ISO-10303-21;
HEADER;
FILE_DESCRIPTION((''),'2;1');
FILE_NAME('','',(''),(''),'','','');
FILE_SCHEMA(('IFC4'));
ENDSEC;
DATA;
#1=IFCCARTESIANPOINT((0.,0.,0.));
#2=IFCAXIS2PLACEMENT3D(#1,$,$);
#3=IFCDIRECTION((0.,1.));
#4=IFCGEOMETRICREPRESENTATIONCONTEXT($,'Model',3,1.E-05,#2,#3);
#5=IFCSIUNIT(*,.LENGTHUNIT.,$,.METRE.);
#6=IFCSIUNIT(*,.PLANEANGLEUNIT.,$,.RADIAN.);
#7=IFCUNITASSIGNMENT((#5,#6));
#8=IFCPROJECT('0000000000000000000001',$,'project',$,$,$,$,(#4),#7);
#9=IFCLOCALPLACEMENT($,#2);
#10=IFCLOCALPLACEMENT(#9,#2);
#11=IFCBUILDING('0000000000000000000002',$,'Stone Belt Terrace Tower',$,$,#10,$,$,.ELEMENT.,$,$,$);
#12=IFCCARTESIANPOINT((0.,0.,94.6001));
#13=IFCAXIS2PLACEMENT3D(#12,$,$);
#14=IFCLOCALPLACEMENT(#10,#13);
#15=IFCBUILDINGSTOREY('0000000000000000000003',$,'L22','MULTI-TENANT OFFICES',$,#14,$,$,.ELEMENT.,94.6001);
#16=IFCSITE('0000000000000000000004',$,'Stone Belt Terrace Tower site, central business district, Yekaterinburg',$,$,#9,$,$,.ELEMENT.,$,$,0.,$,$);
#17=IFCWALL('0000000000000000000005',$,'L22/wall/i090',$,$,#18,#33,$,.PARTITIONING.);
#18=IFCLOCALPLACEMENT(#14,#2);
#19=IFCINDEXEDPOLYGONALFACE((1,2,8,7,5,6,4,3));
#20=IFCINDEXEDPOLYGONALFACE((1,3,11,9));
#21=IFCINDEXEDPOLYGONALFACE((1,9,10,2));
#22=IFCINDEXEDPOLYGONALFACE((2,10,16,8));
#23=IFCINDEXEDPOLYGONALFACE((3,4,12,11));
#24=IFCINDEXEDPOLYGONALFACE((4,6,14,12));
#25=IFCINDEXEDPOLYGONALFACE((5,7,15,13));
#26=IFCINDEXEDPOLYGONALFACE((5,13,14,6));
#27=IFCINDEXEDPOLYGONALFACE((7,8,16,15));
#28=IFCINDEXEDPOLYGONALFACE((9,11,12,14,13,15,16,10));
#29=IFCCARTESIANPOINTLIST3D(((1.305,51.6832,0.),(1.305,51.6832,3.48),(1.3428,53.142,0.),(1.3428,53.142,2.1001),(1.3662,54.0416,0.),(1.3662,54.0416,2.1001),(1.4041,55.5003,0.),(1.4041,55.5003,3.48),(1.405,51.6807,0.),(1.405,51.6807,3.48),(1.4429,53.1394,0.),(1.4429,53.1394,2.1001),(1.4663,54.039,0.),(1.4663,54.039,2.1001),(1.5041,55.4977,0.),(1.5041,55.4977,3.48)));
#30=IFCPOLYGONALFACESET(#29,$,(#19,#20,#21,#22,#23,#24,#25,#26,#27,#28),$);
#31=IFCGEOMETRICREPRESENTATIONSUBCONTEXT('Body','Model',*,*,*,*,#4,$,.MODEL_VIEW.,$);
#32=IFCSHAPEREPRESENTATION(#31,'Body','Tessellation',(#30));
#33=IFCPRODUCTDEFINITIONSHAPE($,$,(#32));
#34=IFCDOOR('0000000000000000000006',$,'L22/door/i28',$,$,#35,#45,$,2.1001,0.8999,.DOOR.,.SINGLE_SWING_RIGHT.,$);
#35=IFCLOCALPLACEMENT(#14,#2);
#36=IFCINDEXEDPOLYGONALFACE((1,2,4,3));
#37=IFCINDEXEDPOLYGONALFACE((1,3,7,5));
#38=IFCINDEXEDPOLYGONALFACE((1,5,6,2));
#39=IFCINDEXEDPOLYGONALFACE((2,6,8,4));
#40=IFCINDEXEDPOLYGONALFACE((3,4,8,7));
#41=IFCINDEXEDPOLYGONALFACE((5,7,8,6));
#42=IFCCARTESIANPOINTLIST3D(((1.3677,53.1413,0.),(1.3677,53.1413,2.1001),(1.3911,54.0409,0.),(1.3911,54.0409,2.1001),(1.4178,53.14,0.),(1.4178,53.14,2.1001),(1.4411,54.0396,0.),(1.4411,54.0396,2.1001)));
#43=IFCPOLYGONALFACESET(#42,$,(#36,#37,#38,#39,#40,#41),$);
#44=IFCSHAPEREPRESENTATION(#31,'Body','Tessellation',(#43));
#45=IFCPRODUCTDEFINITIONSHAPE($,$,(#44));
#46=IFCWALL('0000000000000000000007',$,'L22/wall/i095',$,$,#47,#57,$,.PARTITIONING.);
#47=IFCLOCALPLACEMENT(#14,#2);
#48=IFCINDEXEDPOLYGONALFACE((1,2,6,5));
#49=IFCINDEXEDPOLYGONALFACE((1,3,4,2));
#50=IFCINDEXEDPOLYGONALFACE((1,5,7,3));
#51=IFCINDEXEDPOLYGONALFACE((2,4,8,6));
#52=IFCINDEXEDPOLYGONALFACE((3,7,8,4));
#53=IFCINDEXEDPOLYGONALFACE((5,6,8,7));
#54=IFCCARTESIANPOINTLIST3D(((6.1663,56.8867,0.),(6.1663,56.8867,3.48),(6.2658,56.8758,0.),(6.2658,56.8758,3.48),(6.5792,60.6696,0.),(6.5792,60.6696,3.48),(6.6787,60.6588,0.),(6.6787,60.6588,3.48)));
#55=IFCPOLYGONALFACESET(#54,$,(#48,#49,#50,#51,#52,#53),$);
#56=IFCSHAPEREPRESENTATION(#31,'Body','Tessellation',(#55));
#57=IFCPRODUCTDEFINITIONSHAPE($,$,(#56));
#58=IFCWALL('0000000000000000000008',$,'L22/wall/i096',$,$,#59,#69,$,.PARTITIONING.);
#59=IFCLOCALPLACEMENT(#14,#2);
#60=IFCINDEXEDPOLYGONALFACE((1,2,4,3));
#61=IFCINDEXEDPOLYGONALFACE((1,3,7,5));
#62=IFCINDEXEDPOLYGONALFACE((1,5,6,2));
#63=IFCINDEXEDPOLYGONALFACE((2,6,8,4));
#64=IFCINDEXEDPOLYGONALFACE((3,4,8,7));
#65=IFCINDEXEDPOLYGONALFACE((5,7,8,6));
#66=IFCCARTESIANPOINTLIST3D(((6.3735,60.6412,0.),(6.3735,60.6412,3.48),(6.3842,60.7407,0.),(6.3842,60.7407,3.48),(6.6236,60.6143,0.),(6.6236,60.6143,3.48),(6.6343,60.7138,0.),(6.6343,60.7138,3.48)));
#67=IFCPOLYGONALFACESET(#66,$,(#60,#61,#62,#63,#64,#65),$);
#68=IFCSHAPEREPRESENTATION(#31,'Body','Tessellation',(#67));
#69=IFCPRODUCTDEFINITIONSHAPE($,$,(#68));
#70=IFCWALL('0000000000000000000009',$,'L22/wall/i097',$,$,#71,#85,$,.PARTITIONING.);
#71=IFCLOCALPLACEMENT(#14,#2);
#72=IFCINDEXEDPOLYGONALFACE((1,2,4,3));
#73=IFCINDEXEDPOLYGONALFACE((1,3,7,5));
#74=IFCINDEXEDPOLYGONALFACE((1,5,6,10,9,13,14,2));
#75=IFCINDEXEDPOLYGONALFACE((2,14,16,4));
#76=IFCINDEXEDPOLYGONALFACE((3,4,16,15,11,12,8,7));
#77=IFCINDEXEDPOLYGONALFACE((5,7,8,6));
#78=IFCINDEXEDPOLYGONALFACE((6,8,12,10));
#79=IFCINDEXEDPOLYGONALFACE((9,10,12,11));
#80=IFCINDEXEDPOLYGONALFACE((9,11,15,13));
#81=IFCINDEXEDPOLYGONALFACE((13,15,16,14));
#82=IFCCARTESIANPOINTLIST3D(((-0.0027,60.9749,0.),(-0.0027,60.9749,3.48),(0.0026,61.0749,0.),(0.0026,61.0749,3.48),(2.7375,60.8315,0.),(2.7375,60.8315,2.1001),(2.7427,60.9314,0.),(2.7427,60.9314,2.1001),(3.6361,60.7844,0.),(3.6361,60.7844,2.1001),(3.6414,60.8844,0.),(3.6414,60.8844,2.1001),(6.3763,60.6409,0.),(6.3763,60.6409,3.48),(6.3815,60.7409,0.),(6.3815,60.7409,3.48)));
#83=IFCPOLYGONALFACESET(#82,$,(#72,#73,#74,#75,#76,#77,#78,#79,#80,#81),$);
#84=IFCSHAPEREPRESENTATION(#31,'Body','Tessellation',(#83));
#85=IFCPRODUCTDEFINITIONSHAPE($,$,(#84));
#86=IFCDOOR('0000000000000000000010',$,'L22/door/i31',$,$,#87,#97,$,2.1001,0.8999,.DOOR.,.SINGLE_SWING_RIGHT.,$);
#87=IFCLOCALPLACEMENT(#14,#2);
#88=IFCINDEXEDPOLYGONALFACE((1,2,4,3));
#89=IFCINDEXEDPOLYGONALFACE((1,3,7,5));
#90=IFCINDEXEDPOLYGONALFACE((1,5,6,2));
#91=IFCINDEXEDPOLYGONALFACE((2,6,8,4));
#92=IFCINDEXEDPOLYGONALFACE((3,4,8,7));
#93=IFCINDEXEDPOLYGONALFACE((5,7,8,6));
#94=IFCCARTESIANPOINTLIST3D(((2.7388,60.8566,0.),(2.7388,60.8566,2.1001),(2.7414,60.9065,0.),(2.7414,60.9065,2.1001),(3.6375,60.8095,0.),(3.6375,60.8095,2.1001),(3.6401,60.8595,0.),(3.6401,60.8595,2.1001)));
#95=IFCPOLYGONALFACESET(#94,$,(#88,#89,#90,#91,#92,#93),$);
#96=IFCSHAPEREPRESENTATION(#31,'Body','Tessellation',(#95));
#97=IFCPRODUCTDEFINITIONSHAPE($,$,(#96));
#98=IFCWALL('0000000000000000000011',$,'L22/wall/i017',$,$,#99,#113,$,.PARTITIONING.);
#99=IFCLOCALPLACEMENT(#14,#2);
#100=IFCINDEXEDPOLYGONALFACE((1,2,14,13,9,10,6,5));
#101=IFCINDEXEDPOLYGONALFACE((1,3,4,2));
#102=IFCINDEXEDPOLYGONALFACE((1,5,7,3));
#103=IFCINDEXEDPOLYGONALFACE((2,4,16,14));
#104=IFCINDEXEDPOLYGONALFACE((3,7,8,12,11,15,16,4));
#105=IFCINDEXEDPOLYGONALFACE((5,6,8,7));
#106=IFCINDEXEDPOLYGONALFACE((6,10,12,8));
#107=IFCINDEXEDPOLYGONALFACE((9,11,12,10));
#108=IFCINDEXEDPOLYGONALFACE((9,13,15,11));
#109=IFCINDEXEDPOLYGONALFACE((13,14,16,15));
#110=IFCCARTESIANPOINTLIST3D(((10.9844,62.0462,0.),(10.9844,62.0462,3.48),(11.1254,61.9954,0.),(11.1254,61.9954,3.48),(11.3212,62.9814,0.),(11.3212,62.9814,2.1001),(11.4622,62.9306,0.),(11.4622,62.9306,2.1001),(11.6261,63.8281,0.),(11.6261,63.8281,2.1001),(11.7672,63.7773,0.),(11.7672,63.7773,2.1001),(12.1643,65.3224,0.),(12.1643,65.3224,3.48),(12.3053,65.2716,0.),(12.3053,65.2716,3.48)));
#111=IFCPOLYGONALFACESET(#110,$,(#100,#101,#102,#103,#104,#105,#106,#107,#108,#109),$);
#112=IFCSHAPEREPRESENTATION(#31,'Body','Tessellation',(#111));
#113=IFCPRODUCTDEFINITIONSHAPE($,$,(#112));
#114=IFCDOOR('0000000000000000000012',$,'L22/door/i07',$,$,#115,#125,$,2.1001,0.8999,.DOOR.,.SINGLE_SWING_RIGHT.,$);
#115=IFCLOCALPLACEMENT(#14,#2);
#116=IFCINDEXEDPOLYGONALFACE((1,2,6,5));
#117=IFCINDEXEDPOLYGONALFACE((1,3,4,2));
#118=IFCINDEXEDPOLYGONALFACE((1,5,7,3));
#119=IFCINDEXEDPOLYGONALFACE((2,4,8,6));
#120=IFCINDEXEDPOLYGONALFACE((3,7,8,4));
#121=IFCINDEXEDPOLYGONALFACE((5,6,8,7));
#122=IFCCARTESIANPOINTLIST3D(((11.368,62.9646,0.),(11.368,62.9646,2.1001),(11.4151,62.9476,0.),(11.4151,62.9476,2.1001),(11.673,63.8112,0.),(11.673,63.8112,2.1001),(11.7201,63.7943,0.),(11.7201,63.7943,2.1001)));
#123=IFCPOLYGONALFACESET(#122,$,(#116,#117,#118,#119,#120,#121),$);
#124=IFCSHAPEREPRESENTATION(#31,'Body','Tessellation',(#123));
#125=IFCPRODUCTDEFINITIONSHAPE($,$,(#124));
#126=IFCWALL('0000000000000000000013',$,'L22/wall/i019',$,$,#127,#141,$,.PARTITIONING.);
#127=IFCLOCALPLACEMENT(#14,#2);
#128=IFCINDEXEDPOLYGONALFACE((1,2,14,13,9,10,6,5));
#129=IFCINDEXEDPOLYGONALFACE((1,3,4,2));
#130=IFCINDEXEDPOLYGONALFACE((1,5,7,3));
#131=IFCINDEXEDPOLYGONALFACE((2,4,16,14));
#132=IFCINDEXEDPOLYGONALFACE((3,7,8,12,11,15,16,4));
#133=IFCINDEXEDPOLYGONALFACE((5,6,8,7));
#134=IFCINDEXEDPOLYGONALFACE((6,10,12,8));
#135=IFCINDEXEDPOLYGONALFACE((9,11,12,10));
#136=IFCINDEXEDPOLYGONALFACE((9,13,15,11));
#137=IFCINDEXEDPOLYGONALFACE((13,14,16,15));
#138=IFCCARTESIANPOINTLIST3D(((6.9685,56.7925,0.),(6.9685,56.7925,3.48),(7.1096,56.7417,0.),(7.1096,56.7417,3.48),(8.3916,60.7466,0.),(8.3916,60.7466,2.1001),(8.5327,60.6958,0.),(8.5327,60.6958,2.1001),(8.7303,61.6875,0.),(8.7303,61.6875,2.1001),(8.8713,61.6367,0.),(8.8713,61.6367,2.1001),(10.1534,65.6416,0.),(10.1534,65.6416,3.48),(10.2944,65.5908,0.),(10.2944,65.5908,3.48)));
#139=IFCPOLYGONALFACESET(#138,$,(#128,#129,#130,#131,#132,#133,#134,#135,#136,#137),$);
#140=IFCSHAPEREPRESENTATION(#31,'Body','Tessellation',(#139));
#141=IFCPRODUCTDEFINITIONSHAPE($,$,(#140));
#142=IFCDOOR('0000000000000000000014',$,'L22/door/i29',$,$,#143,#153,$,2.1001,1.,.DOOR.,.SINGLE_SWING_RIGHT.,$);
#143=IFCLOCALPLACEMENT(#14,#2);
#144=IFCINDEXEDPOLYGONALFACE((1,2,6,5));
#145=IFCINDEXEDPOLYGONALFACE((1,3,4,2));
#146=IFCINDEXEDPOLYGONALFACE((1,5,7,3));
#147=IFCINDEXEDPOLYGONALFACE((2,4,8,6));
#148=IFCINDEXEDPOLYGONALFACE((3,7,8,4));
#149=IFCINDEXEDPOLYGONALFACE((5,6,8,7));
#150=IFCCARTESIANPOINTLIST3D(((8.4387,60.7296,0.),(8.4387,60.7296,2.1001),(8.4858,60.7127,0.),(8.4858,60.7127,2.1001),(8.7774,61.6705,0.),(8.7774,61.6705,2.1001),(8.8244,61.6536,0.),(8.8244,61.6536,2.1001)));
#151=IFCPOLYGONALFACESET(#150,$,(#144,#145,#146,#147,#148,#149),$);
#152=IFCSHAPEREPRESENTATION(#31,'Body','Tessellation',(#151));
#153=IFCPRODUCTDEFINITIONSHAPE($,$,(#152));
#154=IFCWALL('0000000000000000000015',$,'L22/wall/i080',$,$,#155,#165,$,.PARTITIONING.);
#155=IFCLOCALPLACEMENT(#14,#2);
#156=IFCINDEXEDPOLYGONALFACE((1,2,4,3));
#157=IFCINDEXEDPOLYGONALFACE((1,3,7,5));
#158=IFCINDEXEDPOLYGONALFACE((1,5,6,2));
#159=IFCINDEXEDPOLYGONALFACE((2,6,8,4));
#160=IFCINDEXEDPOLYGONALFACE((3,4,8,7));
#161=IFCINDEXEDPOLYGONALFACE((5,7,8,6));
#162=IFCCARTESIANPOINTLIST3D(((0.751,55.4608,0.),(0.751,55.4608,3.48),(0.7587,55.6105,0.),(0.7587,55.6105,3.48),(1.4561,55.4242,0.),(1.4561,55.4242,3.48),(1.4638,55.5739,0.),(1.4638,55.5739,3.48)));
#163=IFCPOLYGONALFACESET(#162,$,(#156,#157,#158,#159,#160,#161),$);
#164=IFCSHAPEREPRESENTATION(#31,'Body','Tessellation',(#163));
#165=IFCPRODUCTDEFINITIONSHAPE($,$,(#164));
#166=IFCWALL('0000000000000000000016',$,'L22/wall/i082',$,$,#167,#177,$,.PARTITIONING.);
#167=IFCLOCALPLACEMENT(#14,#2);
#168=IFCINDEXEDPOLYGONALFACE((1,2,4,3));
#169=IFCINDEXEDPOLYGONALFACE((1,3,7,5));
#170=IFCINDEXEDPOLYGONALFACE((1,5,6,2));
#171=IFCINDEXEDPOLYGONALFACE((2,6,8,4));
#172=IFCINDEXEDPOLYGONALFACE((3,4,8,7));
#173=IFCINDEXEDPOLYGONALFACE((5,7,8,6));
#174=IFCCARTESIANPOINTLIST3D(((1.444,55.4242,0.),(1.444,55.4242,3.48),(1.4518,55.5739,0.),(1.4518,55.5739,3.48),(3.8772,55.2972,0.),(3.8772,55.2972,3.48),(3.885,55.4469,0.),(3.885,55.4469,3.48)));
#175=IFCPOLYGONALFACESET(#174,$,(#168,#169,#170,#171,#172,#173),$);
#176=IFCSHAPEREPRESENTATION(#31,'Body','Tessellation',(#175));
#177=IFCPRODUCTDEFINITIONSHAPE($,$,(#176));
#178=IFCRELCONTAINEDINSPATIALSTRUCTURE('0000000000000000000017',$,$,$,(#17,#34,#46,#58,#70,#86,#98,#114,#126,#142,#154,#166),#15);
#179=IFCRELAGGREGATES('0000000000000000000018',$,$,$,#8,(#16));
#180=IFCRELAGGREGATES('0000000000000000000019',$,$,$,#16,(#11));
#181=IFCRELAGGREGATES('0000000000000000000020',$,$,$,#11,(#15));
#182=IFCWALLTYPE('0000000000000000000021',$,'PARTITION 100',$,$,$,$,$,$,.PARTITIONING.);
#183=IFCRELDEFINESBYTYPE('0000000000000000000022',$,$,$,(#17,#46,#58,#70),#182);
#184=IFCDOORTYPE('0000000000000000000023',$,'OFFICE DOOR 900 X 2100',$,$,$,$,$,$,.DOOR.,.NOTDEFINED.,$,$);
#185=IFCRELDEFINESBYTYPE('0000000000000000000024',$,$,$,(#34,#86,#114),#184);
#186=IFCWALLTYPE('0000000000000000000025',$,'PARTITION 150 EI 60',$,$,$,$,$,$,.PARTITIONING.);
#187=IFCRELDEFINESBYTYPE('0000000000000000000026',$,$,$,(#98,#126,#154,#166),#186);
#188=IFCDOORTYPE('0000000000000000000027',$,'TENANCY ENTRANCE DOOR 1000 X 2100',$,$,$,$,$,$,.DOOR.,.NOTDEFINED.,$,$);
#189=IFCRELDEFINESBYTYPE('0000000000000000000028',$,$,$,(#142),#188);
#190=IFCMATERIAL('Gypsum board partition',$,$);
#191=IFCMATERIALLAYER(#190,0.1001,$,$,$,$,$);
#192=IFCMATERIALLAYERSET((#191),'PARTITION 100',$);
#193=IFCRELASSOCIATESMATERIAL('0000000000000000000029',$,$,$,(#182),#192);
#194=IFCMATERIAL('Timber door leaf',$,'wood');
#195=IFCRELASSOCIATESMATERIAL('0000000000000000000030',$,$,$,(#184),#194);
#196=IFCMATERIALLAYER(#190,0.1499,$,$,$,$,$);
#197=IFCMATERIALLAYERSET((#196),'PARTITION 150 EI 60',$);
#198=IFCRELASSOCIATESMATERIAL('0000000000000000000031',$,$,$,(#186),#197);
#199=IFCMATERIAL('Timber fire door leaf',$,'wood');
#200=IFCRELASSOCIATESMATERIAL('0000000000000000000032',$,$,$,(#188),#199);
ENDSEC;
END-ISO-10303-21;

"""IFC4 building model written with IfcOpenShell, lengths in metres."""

from ifc_helpers import new_model, si_unit, direction, frame, frame_2d, origin, place, context, subcontext, project, spatial, rectangle, extrude, material, layer, layer_set, type_object, element, fill, save


model = new_model("IFC4")

# Units and contexts
model_context = context("Model", 3, precision=1e-05, world=origin(), true_north=direction((0.0, 1.0)))
body_context = subcontext(model_context, "Body", "Model", "MODEL_VIEW")
ifc_project = project(units=[si_unit("LENGTHUNIT", "METRE"), si_unit("PLANEANGLEUNIT", "RADIAN")], contexts=[model_context])

# Site, building, storey
site_placement = place(None, origin())
site = spatial("IfcSite", under=ifc_project, at=site_placement, Name="Stone Belt Terrace Tower site, central business district, Yekaterinburg", CompositionType="ELEMENT", RefElevation=0.0)
building_placement = place(site_placement, origin())
building = spatial("IfcBuilding", under=site, at=building_placement, Name="Stone Belt Terrace Tower", CompositionType="ELEMENT")
storey_placement = place(building_placement, frame((0.0, 0.0, 94.6001)))
storey = spatial("IfcBuildingStorey", under=building, at=storey_placement, Name="L22", Description="MULTI-TENANT OFFICES", CompositionType="ELEMENT", Elevation=94.6001)

# Wall, opening, door
ifc_material_1 = material(Name="Gypsum board partition")
ifc_layer_1 = layer(ifc_material_1, 0.1001)
ifc_layer_set_1 = layer_set([ifc_layer_1], Name="PARTITION 100")
wall_type_1 = type_object("IfcWallType", Name="PARTITION 100", PredefinedType="PARTITIONING", material=ifc_layer_set_1)
wall_1_placement = place(storey_placement, frame((1.4541, 55.499, 0.0), z_axis=(0.0, 0.0, 1.0), x_axis=(-0.025959, -0.999663, 0.0)))
wall_1 = element("IfcWall", 1, at=wall_1_placement, inside=storey, type_object=wall_type_1, Name="L22/wall/i090", PredefinedType="PARTITIONING", context=body_context, shape_type="SweptSolid", body=[
    extrude(rectangle(XDim=3.8184, YDim=0.1001, at=frame_2d((1.9092, 0.0))), origin(), (0.0, 0.0, 1.0), 3.48),
])
opening_1_placement = place(wall_1_placement, frame((1.4592, 0.0, 0.0)))
opening_1 = element("IfcOpeningElement", 2, at=opening_1_placement, cuts=wall_1, PredefinedType="OPENING", context=body_context, shape_type="SweptSolid", body=[
    extrude(rectangle(XDim=0.8999, YDim=2.1001, at=frame_2d((0.45, 1.05))), frame((0.0, 0.0601, 0.0), z_axis=(0.0, -1.0, 0.0), x_axis=(1.0, 0.0, 0.0)), (0.0, 0.0, 1.0), 0.1201),
])
ifc_material_2 = material(Name="Timber door leaf", Category="wood")
door_type_1 = type_object("IfcDoorType", Name="OFFICE DOOR 900 X 2100", OperationType="NOTDEFINED", PredefinedType="DOOR", material=ifc_material_2)
door_1_placement = place(opening_1_placement, origin())
door_1 = element("IfcDoor", 3, at=door_1_placement, inside=storey, type_object=door_type_1, Name="L22/door/i28", OperationType="SINGLE_SWING_RIGHT", OverallHeight=2.1001, OverallWidth=0.8999, PredefinedType="DOOR", context=body_context, shape_type="SweptSolid", body=[
    extrude(rectangle(XDim=0.8999, YDim=2.1001, at=frame_2d((0.45, 1.05))), frame((0.0, 0.0249, 0.0), z_axis=(0.0, -1.0, 0.0), x_axis=(1.0, 0.0, 0.0)), (0.0, 0.0, 1.0), 0.05),
])
fill(opening_1, door_1)

# Walls
wall_2_placement = place(storey_placement, frame((6.2161, 56.8811, 0.0), z_axis=(0.0, 0.0, 1.0), x_axis=(0.108488, 0.994098, 0.0)))
element("IfcWall", 4, at=wall_2_placement, inside=storey, type_object=wall_type_1, Name="L22/wall/i095", PredefinedType="PARTITIONING", context=body_context, shape_type="SweptSolid", body=[
    extrude(rectangle(XDim=3.8054, YDim=0.1001, at=frame_2d((1.9028, 0.0))), origin(), (0.0, 0.0, 1.0), 3.48),
])
wall_3_placement = place(storey_placement, frame((6.6289, 60.6641, 0.0), z_axis=(0.0, 0.0, 1.0), x_axis=(-0.99428, 0.106807, 0.0)))
element("IfcWall", 5, at=wall_3_placement, inside=storey, type_object=wall_type_1, Name="L22/wall/i096", PredefinedType="PARTITIONING", context=body_context, shape_type="SweptSolid", body=[
    extrude(rectangle(XDim=0.2515, YDim=0.1001, at=frame_2d((0.1257, 0.0))), origin(), (0.0, 0.0, 1.0), 3.48),
])

# Walls, openings, doors
wall_4_placement = place(storey_placement, frame((6.3789, 60.6909, 0.0), z_axis=(0.0, 0.0, 1.0), x_axis=(-0.998632, 0.052286, 0.0)))
wall_4 = element("IfcWall", 6, at=wall_4_placement, inside=storey, type_object=wall_type_1, Name="L22/wall/i097", PredefinedType="PARTITIONING", context=body_context, shape_type="SweptSolid", body=[
    extrude(rectangle(XDim=6.3877, YDim=0.1001, at=frame_2d((3.1938, 0.0))), origin(), (0.0, 0.0, 1.0), 3.48),
])
opening_2_placement = place(wall_4_placement, frame((2.7439, 0.0, 0.0)))
opening_2 = element("IfcOpeningElement", 7, at=opening_2_placement, cuts=wall_4, PredefinedType="OPENING", context=body_context, shape_type="SweptSolid", body=[
    extrude(rectangle(XDim=0.8999, YDim=2.1001, at=frame_2d((0.45, 1.05))), frame((0.0, 0.0601, 0.0), z_axis=(0.0, -1.0, 0.0), x_axis=(1.0, 0.0, 0.0)), (0.0, 0.0, 1.0), 0.1201),
])
door_2_placement = place(opening_2_placement, origin())
door_2 = element("IfcDoor", 8, at=door_2_placement, inside=storey, type_object=door_type_1, Name="L22/door/i31", OperationType="SINGLE_SWING_RIGHT", OverallHeight=2.1001, OverallWidth=0.8999, PredefinedType="DOOR", context=body_context, shape_type="SweptSolid", body=[
    extrude(rectangle(XDim=0.8999, YDim=2.1001, at=frame_2d((0.45, 1.05))), frame((0.0, 0.0249, 0.0), z_axis=(0.0, -1.0, 0.0), x_axis=(1.0, 0.0, 0.0)), (0.0, 0.0, 1.0), 0.05),
])
fill(opening_2, door_2)
ifc_layer_2 = layer(ifc_material_1, 0.1499)
ifc_layer_set_2 = layer_set([ifc_layer_2], Name="PARTITION 150 EI 60")
wall_type_2 = type_object("IfcWallType", Name="PARTITION 150 EI 60", PredefinedType="PARTITIONING", material=ifc_layer_set_2)
wall_5_placement = place(storey_placement, frame((12.2349, 65.2971, 0.0), z_axis=(0.0, 0.0, 1.0), x_axis=(-0.338854, -0.940839, 0.0)))
wall_5 = element("IfcWall", 9, at=wall_5_placement, inside=storey, type_object=wall_type_2, Name="L22/wall/i017", PredefinedType="PARTITIONING", context=body_context, shape_type="SweptSolid", body=[
    extrude(rectangle(XDim=3.4822, YDim=0.1499, at=frame_2d((1.7412, 0.0))), origin(), (0.0, 0.0, 1.0), 3.48),
])
opening_3_placement = place(wall_5_placement, frame((1.5884, 0.0, 0.0)))
opening_3 = element("IfcOpeningElement", 10, at=opening_3_placement, cuts=wall_5, PredefinedType="OPENING", context=body_context, shape_type="SweptSolid", body=[
    extrude(rectangle(XDim=0.8999, YDim=2.1001, at=frame_2d((0.45, 1.05))), frame((0.0, 0.085, 0.0), z_axis=(0.0, -1.0, 0.0), x_axis=(1.0, 0.0, 0.0)), (0.0, 0.0, 1.0), 0.1699),
])
door_3_placement = place(opening_3_placement, origin())
door_3 = element("IfcDoor", 11, at=door_3_placement, inside=storey, type_object=door_type_1, Name="L22/door/i07", OperationType="SINGLE_SWING_RIGHT", OverallHeight=2.1001, OverallWidth=0.8999, PredefinedType="DOOR", context=body_context, shape_type="SweptSolid", body=[
    extrude(rectangle(XDim=0.8999, YDim=2.1001, at=frame_2d((0.45, 1.05))), frame((0.0, 0.0249, 0.0), z_axis=(0.0, -1.0, 0.0), x_axis=(1.0, 0.0, 0.0)), (0.0, 0.0, 1.0), 0.05),
])
fill(opening_3, door_3)
wall_6_placement = place(storey_placement, frame((7.0391, 56.7671, 0.0), z_axis=(0.0, 0.0, 1.0), x_axis=(0.338638, 0.940917, 0.0)))
wall_6 = element("IfcWall", 12, at=wall_6_placement, inside=storey, type_object=wall_type_2, Name="L22/wall/i019", PredefinedType="PARTITIONING", context=body_context, shape_type="SweptSolid", body=[
    extrude(rectangle(XDim=9.4048, YDim=0.1499, at=frame_2d((4.7024, 0.0))), origin(), (0.0, 0.0, 1.0), 3.48),
])
opening_4_placement = place(wall_6_placement, frame((4.2024, 0.0, 0.0)))
opening_4 = element("IfcOpeningElement", 13, at=opening_4_placement, cuts=wall_6, PredefinedType="OPENING", context=body_context, shape_type="SweptSolid", body=[
    extrude(rectangle(XDim=1.0, YDim=2.1001, at=frame_2d((0.5, 1.05))), frame((0.0, 0.085, 0.0), z_axis=(0.0, -1.0, 0.0), x_axis=(1.0, 0.0, 0.0)), (0.0, 0.0, 1.0), 0.1699),
])
ifc_material_3 = material(Name="Timber fire door leaf", Category="wood")
door_type_2 = type_object("IfcDoorType", Name="TENANCY ENTRANCE DOOR 1000 X 2100", OperationType="NOTDEFINED", PredefinedType="DOOR", material=ifc_material_3)
door_4_placement = place(opening_4_placement, origin())
door_4 = element("IfcDoor", 14, at=door_4_placement, inside=storey, type_object=door_type_2, Name="L22/door/i29", OperationType="SINGLE_SWING_RIGHT", OverallHeight=2.1001, OverallWidth=1.0, PredefinedType="DOOR", context=body_context, shape_type="SweptSolid", body=[
    extrude(rectangle(XDim=1.0, YDim=2.1001, at=frame_2d((0.5, 1.05))), frame((0.0, 0.0249, 0.0), z_axis=(0.0, -1.0, 0.0), x_axis=(1.0, 0.0, 0.0)), (0.0, 0.0, 1.0), 0.05),
])
fill(opening_4, door_4)

# Walls
wall_7_placement = place(storey_placement, frame((1.46, 55.499, 0.0), z_axis=(0.0, 0.0, 1.0), x_axis=(-0.998654, 0.051869, 0.0)))
element("IfcWall", 15, at=wall_7_placement, inside=storey, type_object=wall_type_2, Name="L22/wall/i080", PredefinedType="PARTITIONING", context=body_context, shape_type="SweptSolid", body=[
    extrude(rectangle(XDim=0.7061, YDim=0.1499, at=frame_2d((0.353, 0.0))), origin(), (0.0, 0.0, 1.0), 3.48),
])
wall_8_placement = place(storey_placement, frame((3.8811, 55.3721, 0.0), z_axis=(0.0, 0.0, 1.0), x_axis=(-0.998642, 0.052107, 0.0)))
element("IfcWall", 16, at=wall_8_placement, inside=storey, type_object=wall_type_2, Name="L22/wall/i082", PredefinedType="PARTITIONING", context=body_context, shape_type="SweptSolid", body=[
    extrude(rectangle(XDim=2.4365, YDim=0.1499, at=frame_2d((1.2183, 0.0))), origin(), (0.0, 0.0, 1.0), 3.48),
])

save(model, "model.ifc")
